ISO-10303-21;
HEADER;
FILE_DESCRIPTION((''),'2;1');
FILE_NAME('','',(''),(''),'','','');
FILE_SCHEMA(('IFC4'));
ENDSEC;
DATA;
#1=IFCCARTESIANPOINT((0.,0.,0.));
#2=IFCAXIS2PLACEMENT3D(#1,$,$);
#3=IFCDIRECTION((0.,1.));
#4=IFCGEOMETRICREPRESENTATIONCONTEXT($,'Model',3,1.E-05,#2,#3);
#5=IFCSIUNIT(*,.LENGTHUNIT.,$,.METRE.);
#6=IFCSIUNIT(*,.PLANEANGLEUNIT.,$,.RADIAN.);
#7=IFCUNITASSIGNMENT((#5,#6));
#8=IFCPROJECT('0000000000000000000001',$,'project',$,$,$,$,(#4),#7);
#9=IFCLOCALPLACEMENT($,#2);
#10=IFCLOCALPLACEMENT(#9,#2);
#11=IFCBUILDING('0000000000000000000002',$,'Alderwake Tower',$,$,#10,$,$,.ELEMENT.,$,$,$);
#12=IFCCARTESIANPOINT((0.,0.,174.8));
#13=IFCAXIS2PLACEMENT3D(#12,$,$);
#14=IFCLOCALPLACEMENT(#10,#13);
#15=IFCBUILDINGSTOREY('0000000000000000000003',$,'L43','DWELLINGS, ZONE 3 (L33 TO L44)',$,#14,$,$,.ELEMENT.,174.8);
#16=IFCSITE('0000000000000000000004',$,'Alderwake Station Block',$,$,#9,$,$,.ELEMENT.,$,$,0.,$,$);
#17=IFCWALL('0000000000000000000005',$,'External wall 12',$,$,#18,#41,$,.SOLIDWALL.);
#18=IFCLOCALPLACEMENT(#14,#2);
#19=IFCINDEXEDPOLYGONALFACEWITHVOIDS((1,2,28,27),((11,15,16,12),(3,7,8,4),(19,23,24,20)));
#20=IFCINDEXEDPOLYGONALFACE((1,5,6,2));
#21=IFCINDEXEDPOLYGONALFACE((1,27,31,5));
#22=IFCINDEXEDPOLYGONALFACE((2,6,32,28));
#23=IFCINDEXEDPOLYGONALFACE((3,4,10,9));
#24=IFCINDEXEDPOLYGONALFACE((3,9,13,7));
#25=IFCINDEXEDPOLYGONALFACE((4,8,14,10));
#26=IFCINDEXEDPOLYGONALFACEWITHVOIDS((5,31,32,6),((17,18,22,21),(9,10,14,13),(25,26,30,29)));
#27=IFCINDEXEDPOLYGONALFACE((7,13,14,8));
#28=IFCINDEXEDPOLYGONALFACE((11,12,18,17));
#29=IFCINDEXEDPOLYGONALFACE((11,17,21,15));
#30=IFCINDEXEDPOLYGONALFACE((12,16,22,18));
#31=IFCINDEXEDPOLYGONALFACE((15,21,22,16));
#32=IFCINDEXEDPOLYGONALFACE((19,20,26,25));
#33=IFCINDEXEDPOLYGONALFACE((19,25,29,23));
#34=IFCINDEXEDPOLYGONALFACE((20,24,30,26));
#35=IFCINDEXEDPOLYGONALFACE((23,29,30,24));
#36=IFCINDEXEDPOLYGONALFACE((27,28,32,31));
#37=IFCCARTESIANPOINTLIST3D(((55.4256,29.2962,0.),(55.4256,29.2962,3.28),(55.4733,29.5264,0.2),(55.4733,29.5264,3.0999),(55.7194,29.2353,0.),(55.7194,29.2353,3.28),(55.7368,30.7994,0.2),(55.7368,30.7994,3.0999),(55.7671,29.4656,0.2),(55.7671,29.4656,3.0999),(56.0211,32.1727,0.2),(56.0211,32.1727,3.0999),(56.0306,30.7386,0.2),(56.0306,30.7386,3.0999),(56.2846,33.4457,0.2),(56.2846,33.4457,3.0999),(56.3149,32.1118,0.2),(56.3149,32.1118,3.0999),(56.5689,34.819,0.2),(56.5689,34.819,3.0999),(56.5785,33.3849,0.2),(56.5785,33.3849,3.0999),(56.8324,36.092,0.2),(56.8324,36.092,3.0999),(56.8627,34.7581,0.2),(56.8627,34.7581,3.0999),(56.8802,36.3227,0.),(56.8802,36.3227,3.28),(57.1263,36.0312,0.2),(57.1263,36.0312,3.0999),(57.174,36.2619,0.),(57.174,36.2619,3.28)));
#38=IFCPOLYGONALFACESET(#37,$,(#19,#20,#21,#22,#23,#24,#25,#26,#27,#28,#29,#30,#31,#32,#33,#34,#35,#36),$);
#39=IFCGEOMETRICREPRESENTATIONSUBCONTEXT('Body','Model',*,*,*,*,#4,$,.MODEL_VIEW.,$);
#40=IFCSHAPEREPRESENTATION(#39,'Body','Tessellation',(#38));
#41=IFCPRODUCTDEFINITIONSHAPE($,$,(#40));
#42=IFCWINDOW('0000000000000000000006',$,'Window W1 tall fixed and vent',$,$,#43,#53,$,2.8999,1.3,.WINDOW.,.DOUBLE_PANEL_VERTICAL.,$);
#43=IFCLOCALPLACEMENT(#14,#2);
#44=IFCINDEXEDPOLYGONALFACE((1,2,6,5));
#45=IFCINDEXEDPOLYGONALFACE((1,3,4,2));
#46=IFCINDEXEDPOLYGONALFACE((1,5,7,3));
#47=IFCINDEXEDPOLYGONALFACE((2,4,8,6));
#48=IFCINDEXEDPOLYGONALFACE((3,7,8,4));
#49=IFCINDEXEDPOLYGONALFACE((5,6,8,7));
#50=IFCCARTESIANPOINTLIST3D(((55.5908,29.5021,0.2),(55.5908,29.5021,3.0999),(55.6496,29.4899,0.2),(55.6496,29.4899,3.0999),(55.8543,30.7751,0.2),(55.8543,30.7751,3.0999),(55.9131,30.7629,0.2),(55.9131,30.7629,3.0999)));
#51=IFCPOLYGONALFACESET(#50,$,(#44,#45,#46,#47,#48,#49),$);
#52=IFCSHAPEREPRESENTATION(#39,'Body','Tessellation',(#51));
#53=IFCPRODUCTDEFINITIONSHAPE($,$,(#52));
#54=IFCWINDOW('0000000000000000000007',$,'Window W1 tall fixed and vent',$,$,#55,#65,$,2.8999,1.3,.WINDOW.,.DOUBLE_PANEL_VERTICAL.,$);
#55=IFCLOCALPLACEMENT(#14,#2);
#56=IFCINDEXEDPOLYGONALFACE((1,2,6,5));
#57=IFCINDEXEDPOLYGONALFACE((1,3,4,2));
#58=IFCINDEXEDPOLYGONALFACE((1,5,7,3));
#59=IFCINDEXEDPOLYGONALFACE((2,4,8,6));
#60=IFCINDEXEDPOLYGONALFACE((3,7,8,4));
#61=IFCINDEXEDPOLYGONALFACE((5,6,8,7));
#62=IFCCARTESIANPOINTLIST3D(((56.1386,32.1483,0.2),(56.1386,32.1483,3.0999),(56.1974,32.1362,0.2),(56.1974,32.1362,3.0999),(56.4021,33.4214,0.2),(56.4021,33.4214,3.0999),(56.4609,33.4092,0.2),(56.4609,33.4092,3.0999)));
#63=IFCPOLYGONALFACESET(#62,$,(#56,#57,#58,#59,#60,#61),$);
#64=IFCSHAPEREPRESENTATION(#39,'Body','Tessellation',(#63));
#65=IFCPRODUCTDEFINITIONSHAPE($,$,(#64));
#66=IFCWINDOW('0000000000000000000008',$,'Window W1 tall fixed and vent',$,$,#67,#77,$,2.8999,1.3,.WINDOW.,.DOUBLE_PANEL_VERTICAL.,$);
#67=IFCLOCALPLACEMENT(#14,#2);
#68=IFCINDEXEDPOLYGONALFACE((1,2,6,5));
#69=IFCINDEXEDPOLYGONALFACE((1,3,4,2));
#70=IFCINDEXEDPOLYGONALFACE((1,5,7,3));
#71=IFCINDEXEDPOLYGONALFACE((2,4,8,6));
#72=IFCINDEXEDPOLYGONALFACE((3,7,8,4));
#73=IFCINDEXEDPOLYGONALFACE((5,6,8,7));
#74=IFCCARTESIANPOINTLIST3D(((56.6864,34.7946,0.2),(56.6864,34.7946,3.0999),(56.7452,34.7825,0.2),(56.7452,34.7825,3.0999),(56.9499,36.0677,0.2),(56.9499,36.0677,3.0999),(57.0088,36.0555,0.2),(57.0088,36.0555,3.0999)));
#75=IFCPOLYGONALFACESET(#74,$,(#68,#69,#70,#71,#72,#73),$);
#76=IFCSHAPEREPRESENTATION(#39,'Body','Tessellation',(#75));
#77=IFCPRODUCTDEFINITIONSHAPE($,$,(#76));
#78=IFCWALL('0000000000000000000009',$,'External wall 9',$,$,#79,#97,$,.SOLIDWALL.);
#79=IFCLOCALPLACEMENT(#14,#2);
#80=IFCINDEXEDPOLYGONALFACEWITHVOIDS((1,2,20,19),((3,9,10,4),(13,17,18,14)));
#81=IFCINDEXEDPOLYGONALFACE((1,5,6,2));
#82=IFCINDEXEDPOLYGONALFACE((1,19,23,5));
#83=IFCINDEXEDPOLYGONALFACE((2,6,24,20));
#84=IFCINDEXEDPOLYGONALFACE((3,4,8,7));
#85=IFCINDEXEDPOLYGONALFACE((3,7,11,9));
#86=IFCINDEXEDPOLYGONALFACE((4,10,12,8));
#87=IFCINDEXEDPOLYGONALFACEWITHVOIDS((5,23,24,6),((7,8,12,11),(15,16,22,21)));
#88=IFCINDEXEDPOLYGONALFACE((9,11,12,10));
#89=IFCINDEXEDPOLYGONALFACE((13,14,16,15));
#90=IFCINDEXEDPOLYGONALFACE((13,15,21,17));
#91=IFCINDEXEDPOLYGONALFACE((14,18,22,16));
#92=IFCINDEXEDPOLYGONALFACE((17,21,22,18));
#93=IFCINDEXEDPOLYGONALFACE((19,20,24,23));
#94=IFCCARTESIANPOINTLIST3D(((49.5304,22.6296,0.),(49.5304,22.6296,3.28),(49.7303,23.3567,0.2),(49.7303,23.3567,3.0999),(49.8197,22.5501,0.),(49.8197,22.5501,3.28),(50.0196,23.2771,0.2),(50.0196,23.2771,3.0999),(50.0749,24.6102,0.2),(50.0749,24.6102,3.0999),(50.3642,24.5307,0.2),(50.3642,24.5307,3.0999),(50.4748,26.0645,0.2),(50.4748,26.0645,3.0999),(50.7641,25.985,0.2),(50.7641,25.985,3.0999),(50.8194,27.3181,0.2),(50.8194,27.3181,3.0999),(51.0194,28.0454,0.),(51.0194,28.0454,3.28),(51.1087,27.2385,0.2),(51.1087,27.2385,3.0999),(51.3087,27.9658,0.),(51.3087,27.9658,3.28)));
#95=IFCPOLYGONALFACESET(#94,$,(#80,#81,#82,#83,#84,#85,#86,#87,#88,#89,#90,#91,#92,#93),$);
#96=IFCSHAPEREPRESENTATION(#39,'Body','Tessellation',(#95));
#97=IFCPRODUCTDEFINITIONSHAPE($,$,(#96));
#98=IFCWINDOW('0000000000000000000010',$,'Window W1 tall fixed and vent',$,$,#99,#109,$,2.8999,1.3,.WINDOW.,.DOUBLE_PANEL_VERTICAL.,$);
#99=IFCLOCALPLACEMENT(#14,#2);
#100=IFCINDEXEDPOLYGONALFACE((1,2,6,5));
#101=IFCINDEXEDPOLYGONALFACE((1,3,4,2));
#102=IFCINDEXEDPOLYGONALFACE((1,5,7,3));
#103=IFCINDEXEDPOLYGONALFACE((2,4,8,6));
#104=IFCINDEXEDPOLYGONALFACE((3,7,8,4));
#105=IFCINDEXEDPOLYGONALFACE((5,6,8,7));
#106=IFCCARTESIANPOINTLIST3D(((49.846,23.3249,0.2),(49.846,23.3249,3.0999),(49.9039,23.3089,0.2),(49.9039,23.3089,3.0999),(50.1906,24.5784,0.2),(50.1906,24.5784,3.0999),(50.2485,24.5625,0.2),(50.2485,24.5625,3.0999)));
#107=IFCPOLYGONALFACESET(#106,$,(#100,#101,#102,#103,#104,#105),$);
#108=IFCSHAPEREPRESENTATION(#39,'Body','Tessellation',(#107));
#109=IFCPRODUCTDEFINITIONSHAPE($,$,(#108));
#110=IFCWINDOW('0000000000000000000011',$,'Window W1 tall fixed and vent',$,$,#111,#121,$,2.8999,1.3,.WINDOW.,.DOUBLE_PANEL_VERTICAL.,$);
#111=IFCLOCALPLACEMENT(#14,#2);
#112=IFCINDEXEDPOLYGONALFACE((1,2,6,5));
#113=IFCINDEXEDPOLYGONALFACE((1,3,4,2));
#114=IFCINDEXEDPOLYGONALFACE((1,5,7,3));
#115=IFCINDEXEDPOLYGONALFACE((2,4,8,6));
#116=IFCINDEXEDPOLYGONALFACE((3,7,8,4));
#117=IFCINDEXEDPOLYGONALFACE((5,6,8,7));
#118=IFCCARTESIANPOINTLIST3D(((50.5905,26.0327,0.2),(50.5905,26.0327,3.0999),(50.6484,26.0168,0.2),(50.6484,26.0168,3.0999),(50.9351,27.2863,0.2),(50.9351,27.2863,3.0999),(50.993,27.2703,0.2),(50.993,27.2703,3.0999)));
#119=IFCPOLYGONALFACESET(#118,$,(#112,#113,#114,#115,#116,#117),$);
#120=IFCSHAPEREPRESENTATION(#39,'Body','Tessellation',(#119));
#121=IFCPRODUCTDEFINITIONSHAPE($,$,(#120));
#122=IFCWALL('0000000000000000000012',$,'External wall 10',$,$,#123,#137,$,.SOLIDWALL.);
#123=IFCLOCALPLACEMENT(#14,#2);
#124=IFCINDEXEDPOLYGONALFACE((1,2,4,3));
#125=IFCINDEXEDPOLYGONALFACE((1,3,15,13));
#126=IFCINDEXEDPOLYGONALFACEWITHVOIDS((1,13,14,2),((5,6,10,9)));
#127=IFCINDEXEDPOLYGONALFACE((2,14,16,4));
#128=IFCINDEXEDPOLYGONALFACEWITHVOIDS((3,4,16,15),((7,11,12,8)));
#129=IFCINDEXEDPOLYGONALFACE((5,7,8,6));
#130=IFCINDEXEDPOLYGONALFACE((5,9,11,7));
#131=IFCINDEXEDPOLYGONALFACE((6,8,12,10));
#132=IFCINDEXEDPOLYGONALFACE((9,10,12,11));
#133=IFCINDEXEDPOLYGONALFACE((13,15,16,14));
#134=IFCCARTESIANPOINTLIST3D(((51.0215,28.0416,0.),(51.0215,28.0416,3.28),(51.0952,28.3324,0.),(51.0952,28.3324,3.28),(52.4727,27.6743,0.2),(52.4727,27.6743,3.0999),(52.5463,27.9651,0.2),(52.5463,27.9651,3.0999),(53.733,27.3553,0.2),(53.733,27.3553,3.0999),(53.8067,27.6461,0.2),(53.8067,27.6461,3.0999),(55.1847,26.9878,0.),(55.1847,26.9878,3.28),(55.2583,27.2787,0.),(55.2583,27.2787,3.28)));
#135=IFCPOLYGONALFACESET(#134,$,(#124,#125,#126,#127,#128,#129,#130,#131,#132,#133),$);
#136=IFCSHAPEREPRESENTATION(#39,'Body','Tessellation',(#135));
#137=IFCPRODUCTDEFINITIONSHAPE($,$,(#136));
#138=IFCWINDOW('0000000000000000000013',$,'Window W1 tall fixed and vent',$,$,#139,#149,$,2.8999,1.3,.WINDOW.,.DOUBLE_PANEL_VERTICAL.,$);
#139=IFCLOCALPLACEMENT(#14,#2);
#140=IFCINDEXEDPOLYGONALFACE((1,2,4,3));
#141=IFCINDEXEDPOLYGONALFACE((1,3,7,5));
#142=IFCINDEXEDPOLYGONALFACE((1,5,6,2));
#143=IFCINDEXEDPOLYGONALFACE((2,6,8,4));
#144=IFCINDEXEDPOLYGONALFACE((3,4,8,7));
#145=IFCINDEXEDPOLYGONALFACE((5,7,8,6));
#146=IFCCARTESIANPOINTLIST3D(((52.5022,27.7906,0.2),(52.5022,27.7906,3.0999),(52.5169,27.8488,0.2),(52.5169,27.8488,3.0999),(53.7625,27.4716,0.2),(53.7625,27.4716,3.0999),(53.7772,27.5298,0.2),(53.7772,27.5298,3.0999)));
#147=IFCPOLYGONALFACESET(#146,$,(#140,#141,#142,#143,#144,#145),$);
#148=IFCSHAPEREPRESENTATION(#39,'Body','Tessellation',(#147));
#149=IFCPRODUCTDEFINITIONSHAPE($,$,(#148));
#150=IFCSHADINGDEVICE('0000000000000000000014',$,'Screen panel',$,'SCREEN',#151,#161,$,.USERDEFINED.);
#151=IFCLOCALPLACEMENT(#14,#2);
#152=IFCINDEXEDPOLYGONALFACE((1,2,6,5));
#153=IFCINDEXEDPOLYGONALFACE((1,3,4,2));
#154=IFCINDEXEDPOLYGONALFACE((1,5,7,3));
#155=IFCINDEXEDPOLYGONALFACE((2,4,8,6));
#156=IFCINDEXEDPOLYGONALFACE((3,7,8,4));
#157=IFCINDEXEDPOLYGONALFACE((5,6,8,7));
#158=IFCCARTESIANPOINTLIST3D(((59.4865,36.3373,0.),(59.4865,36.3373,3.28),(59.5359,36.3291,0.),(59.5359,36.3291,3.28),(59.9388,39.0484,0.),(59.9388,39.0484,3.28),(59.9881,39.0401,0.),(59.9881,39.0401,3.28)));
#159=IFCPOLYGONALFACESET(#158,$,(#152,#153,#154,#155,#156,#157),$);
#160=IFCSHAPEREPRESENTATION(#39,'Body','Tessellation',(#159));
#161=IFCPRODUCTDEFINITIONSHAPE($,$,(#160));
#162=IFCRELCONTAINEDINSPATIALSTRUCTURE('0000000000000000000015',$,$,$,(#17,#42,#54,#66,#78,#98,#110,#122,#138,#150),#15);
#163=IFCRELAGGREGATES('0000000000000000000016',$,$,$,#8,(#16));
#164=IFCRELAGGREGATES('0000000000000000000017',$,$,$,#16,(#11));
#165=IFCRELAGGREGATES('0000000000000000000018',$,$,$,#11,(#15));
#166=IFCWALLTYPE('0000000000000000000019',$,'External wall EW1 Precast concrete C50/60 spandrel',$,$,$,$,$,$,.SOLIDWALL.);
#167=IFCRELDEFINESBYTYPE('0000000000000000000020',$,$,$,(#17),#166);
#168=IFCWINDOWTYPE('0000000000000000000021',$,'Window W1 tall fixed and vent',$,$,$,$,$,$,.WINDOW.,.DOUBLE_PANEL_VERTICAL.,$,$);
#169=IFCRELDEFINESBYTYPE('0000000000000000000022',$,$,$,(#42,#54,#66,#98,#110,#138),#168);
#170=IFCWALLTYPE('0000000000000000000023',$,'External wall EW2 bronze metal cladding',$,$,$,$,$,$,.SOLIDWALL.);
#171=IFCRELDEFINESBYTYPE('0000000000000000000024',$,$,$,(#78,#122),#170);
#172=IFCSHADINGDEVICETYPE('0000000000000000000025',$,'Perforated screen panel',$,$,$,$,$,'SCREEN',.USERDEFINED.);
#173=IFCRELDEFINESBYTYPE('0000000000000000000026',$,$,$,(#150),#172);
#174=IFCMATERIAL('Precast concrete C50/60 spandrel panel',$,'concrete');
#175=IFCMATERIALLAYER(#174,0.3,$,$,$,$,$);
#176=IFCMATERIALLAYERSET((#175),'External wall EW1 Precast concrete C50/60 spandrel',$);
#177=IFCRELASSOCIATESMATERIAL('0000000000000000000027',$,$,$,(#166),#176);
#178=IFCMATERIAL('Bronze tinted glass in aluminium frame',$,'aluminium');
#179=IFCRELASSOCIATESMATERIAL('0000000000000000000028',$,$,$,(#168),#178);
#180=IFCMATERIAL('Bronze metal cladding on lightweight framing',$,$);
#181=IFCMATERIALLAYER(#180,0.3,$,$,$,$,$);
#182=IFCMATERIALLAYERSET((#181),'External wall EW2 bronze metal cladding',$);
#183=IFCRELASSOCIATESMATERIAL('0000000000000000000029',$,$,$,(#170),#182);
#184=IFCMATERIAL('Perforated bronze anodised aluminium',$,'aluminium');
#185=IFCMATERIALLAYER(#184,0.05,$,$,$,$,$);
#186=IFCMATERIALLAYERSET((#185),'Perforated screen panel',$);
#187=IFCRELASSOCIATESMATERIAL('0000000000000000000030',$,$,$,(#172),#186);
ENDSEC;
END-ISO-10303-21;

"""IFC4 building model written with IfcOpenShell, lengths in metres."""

from ifc_helpers import new_model, si_unit, direction, frame, frame_2d, origin, origin_2d, place, context, subcontext, project, spatial, rectangle, extrude, material, layer, layer_set, type_object, element, fill, save


model = new_model("IFC4")

# Units and contexts
model_context = context("Model", 3, precision=1e-05, world=origin(), true_north=direction((0.0, 1.0)))
body_context = subcontext(model_context, "Body", "Model", "MODEL_VIEW")
ifc_project = project(units=[si_unit("LENGTHUNIT", "METRE"), si_unit("PLANEANGLEUNIT", "RADIAN")], contexts=[model_context])

# Site, building, storey
site_placement = place(None, origin())
site = spatial("IfcSite", under=ifc_project, at=site_placement, Name="Alderwake Station Block", CompositionType="ELEMENT", RefElevation=0.0)
building_placement = place(site_placement, origin())
building = spatial("IfcBuilding", under=site, at=building_placement, Name="Alderwake Tower", CompositionType="ELEMENT")
storey_placement = place(building_placement, frame((0.0, 0.0, 174.8)))
storey = spatial("IfcBuildingStorey", under=building, at=storey_placement, Name="L43", Description="DWELLINGS, ZONE 3 (L33 TO L44)", CompositionType="ELEMENT", Elevation=174.8)

# Shared definitions
ifc_material_1 = material(Name="Precast concrete C50/60 spandrel panel", Category="concrete")
ifc_layer_1 = layer(ifc_material_1, 0.3)
ifc_layer_set_1 = layer_set([ifc_layer_1], Name="External wall EW1 Precast concrete C50/60 spandrel")
wall_type_1 = type_object("IfcWallType", Name="External wall EW1 Precast concrete C50/60 spandrel", PredefinedType="SOLIDWALL", material=ifc_layer_set_1)

# Wall, openings, windows
wall_1_placement = place(storey_placement, frame((55.5725, 29.2656, 0.0), z_axis=(0.0, 0.0, 1.0), x_axis=(0.202714, 0.979238, 0.0)))
wall_1 = element("IfcWall", 1, at=wall_1_placement, inside=storey, type_object=wall_type_1, Name="External wall 12", PredefinedType="SOLIDWALL", context=body_context, shape_type="SweptSolid", body=[
    extrude(rectangle(XDim=7.1755, YDim=0.3, at=frame_2d((3.5879, 0.0))), origin(), (0.0, 0.0, 1.0), 3.28),
])
opening_1_placement = place(wall_1_placement, frame((0.2354, 0.0, 0.2)))
opening_1 = element("IfcOpeningElement", 2, at=opening_1_placement, cuts=wall_1, PredefinedType="OPENING", context=body_context, shape_type="SweptSolid", body=[
    extrude(rectangle(XDim=1.3, YDim=2.8999, at=frame_2d((0.6499, 1.45))), frame((0.0, 0.1599, 0.0), z_axis=(0.0, -1.0, 0.0), x_axis=(1.0, 0.0, 0.0)), (0.0, 0.0, 1.0), 0.3201),
])
opening_2_placement = place(wall_1_placement, frame((2.9377, 0.0, 0.2)))
opening_2 = element("IfcOpeningElement", 3, at=opening_2_placement, cuts=wall_1, PredefinedType="OPENING", context=body_context, shape_type="SweptSolid", body=[
    extrude(rectangle(XDim=1.3, YDim=2.8999, at=frame_2d((0.6499, 1.45))), frame((0.0, 0.1599, 0.0), z_axis=(0.0, -1.0, 0.0), x_axis=(1.0, 0.0, 0.0)), (0.0, 0.0, 1.0), 0.3201),
])
opening_3_placement = place(wall_1_placement, frame((5.6401, 0.0, 0.2)))
opening_3 = element("IfcOpeningElement", 4, at=opening_3_placement, cuts=wall_1, PredefinedType="OPENING", context=body_context, shape_type="SweptSolid", body=[
    extrude(rectangle(XDim=1.3, YDim=2.8999, at=frame_2d((0.6499, 1.45))), frame((0.0, 0.1599, 0.0), z_axis=(0.0, -1.0, 0.0), x_axis=(1.0, 0.0, 0.0)), (0.0, 0.0, 1.0), 0.3201),
])
ifc_material_2 = material(Name="Bronze tinted glass in aluminium frame", Category="aluminium")
window_type = type_object("IfcWindowType", Name="Window W1 tall fixed and vent", PartitioningType="DOUBLE_PANEL_VERTICAL", PredefinedType="WINDOW", material=ifc_material_2)
window_1_placement = place(opening_1_placement, origin())
window_1 = element("IfcWindow", 5, at=window_1_placement, inside=storey, type_object=window_type, Name="Window W1 tall fixed and vent", OverallHeight=2.8999, OverallWidth=1.3, PartitioningType="DOUBLE_PANEL_VERTICAL", PredefinedType="WINDOW", context=body_context, shape_type="SweptSolid", body=[
    extrude(rectangle(XDim=1.3, YDim=2.8999, at=frame_2d((0.6499, 1.45))), frame((0.0, 0.03, 0.0), z_axis=(0.0, -1.0, 0.0), x_axis=(1.0, 0.0, 0.0)), (0.0, 0.0, 1.0), 0.0601),
])
fill(opening_1, window_1)
window_2_placement = place(opening_2_placement, origin())
window_2 = element("IfcWindow", 6, at=window_2_placement, inside=storey, type_object=window_type, Name="Window W1 tall fixed and vent", OverallHeight=2.8999, OverallWidth=1.3, PartitioningType="DOUBLE_PANEL_VERTICAL", PredefinedType="WINDOW", context=body_context, shape_type="SweptSolid", body=[
    extrude(rectangle(XDim=1.3, YDim=2.8999, at=frame_2d((0.6499, 1.45))), frame((0.0, 0.03, 0.0), z_axis=(0.0, -1.0, 0.0), x_axis=(1.0, 0.0, 0.0)), (0.0, 0.0, 1.0), 0.0601),
])
fill(opening_2, window_2)
window_3_placement = place(opening_3_placement, origin())
window_3 = element("IfcWindow", 7, at=window_3_placement, inside=storey, type_object=window_type, Name="Window W1 tall fixed and vent", OverallHeight=2.8999, OverallWidth=1.3, PartitioningType="DOUBLE_PANEL_VERTICAL", PredefinedType="WINDOW", context=body_context, shape_type="SweptSolid", body=[
    extrude(rectangle(XDim=1.3, YDim=2.8999, at=frame_2d((0.6499, 1.45))), frame((0.0, 0.03, 0.0), z_axis=(0.0, -1.0, 0.0), x_axis=(1.0, 0.0, 0.0)), (0.0, 0.0, 1.0), 0.0601),
])
fill(opening_3, window_3)

# Wall, openings, windows
ifc_material_3 = material(Name="Bronze metal cladding on lightweight framing")
ifc_layer_2 = layer(ifc_material_3, 0.3)
ifc_layer_set_2 = layer_set([ifc_layer_2], Name="External wall EW2 bronze metal cladding")
wall_type_2 = type_object("IfcWallType", Name="External wall EW2 bronze metal cladding", PredefinedType="SOLIDWALL", material=ifc_layer_set_2)
wall_2_placement = place(storey_placement, frame((49.675, 22.5898, 0.0), z_axis=(0.0, 0.0, 1.0), x_axis=(0.265103, 0.96422, 0.0)))
wall_2 = element("IfcWall", 8, at=wall_2_placement, inside=storey, type_object=wall_type_2, Name="External wall 9", PredefinedType="SOLIDWALL", context=body_context, shape_type="SweptSolid", body=[
    extrude(rectangle(XDim=5.6167, YDim=0.3, at=frame_2d((2.8083, 0.0))), origin(), (0.0, 0.0, 1.0), 3.28),
])
opening_4_placement = place(wall_2_placement, frame((0.7542, 0.0, 0.2)))
opening_4 = element("IfcOpeningElement", 9, at=opening_4_placement, cuts=wall_2, PredefinedType="OPENING", context=body_context, shape_type="SweptSolid", body=[
    extrude(rectangle(XDim=1.3, YDim=2.8999, at=frame_2d((0.6499, 1.45))), frame((0.0, 0.1599, 0.0), z_axis=(0.0, -1.0, 0.0), x_axis=(1.0, 0.0, 0.0)), (0.0, 0.0, 1.0), 0.3201),
])
opening_5_placement = place(wall_2_placement, frame((3.5625, 0.0, 0.2)))
opening_5 = element("IfcOpeningElement", 10, at=opening_5_placement, cuts=wall_2, PredefinedType="OPENING", context=body_context, shape_type="SweptSolid", body=[
    extrude(rectangle(XDim=1.3, YDim=2.8999, at=frame_2d((0.6499, 1.45))), frame((0.0, 0.1599, 0.0), z_axis=(0.0, -1.0, 0.0), x_axis=(1.0, 0.0, 0.0)), (0.0, 0.0, 1.0), 0.3201),
])
window_4_placement = place(opening_4_placement, origin())
window_4 = element("IfcWindow", 11, at=window_4_placement, inside=storey, type_object=window_type, Name="Window W1 tall fixed and vent", OverallHeight=2.8999, OverallWidth=1.3, PartitioningType="DOUBLE_PANEL_VERTICAL", PredefinedType="WINDOW", context=body_context, shape_type="SweptSolid", body=[
    extrude(rectangle(XDim=1.3, YDim=2.8999, at=frame_2d((0.6499, 1.45))), frame((0.0, 0.03, 0.0), z_axis=(0.0, -1.0, 0.0), x_axis=(1.0, 0.0, 0.0)), (0.0, 0.0, 1.0), 0.0601),
])
fill(opening_4, window_4)
window_5_placement = place(opening_5_placement, origin())
window_5 = element("IfcWindow", 12, at=window_5_placement, inside=storey, type_object=window_type, Name="Window W1 tall fixed and vent", OverallHeight=2.8999, OverallWidth=1.3, PartitioningType="DOUBLE_PANEL_VERTICAL", PredefinedType="WINDOW", context=body_context, shape_type="SweptSolid", body=[
    extrude(rectangle(XDim=1.3, YDim=2.8999, at=frame_2d((0.6499, 1.45))), frame((0.0, 0.03, 0.0), z_axis=(0.0, -1.0, 0.0), x_axis=(1.0, 0.0, 0.0)), (0.0, 0.0, 1.0), 0.0601),
])
fill(opening_5, window_5)

# Wall, opening, window
wall_3_placement = place(storey_placement, frame((51.0583, 28.187, 0.0), z_axis=(0.0, 0.0, 1.0), x_axis=(0.969429, -0.24537, 0.0)))
wall_3 = element("IfcWall", 13, at=wall_3_placement, inside=storey, type_object=wall_type_2, Name="External wall 10", PredefinedType="SOLIDWALL", context=body_context, shape_type="SweptSolid", body=[
    extrude(rectangle(XDim=4.2944, YDim=0.3, at=frame_2d((2.1472, 0.0))), origin(), (0.0, 0.0, 1.0), 3.28),
])
opening_6_placement = place(wall_3_placement, frame((1.4971, 0.0, 0.2)))
opening_6 = element("IfcOpeningElement", 14, at=opening_6_placement, cuts=wall_3, PredefinedType="OPENING", context=body_context, shape_type="SweptSolid", body=[
    extrude(rectangle(XDim=1.3, YDim=2.8999, at=frame_2d((0.6499, 1.45))), frame((0.0, 0.1599, 0.0), z_axis=(0.0, -1.0, 0.0), x_axis=(1.0, 0.0, 0.0)), (0.0, 0.0, 1.0), 0.3201),
])
window_6_placement = place(opening_6_placement, origin())
window_6 = element("IfcWindow", 15, at=window_6_placement, inside=storey, type_object=window_type, Name="Window W1 tall fixed and vent", OverallHeight=2.8999, OverallWidth=1.3, PartitioningType="DOUBLE_PANEL_VERTICAL", PredefinedType="WINDOW", context=body_context, shape_type="SweptSolid", body=[
    extrude(rectangle(XDim=1.3, YDim=2.8999, at=frame_2d((0.6499, 1.45))), frame((0.0, 0.03, 0.0), z_axis=(0.0, -1.0, 0.0), x_axis=(1.0, 0.0, 0.0)), (0.0, 0.0, 1.0), 0.0601),
])
fill(opening_6, window_6)

# Shading device
ifc_material_4 = material(Name="Perforated bronze anodised aluminium", Category="aluminium")
ifc_layer_3 = layer(ifc_material_4, 0.05)
ifc_layer_set_3 = layer_set([ifc_layer_3], Name="Perforated screen panel")
shading_device_type = type_object("IfcShadingDeviceType", Name="Perforated screen panel", ElementType="SCREEN", PredefinedType="USERDEFINED", material=ifc_layer_set_3)
shading_device_placement = place(storey_placement, frame((59.7373, 37.6887, 0.0), z_axis=(0.0, 0.0, 1.0), x_axis=(0.986369, -0.164548, 0.0)))
element("IfcShadingDevice", 16, at=shading_device_placement, inside=storey, type_object=shading_device_type, Name="Screen panel", ObjectType="SCREEN", PredefinedType="USERDEFINED", context=body_context, shape_type="SweptSolid", body=[
    extrude(rectangle(XDim=0.05, YDim=2.7485, at=origin_2d()), origin(), (0.0, 0.0, 1.0), 3.28),
])

save(model, "model.ifc")
